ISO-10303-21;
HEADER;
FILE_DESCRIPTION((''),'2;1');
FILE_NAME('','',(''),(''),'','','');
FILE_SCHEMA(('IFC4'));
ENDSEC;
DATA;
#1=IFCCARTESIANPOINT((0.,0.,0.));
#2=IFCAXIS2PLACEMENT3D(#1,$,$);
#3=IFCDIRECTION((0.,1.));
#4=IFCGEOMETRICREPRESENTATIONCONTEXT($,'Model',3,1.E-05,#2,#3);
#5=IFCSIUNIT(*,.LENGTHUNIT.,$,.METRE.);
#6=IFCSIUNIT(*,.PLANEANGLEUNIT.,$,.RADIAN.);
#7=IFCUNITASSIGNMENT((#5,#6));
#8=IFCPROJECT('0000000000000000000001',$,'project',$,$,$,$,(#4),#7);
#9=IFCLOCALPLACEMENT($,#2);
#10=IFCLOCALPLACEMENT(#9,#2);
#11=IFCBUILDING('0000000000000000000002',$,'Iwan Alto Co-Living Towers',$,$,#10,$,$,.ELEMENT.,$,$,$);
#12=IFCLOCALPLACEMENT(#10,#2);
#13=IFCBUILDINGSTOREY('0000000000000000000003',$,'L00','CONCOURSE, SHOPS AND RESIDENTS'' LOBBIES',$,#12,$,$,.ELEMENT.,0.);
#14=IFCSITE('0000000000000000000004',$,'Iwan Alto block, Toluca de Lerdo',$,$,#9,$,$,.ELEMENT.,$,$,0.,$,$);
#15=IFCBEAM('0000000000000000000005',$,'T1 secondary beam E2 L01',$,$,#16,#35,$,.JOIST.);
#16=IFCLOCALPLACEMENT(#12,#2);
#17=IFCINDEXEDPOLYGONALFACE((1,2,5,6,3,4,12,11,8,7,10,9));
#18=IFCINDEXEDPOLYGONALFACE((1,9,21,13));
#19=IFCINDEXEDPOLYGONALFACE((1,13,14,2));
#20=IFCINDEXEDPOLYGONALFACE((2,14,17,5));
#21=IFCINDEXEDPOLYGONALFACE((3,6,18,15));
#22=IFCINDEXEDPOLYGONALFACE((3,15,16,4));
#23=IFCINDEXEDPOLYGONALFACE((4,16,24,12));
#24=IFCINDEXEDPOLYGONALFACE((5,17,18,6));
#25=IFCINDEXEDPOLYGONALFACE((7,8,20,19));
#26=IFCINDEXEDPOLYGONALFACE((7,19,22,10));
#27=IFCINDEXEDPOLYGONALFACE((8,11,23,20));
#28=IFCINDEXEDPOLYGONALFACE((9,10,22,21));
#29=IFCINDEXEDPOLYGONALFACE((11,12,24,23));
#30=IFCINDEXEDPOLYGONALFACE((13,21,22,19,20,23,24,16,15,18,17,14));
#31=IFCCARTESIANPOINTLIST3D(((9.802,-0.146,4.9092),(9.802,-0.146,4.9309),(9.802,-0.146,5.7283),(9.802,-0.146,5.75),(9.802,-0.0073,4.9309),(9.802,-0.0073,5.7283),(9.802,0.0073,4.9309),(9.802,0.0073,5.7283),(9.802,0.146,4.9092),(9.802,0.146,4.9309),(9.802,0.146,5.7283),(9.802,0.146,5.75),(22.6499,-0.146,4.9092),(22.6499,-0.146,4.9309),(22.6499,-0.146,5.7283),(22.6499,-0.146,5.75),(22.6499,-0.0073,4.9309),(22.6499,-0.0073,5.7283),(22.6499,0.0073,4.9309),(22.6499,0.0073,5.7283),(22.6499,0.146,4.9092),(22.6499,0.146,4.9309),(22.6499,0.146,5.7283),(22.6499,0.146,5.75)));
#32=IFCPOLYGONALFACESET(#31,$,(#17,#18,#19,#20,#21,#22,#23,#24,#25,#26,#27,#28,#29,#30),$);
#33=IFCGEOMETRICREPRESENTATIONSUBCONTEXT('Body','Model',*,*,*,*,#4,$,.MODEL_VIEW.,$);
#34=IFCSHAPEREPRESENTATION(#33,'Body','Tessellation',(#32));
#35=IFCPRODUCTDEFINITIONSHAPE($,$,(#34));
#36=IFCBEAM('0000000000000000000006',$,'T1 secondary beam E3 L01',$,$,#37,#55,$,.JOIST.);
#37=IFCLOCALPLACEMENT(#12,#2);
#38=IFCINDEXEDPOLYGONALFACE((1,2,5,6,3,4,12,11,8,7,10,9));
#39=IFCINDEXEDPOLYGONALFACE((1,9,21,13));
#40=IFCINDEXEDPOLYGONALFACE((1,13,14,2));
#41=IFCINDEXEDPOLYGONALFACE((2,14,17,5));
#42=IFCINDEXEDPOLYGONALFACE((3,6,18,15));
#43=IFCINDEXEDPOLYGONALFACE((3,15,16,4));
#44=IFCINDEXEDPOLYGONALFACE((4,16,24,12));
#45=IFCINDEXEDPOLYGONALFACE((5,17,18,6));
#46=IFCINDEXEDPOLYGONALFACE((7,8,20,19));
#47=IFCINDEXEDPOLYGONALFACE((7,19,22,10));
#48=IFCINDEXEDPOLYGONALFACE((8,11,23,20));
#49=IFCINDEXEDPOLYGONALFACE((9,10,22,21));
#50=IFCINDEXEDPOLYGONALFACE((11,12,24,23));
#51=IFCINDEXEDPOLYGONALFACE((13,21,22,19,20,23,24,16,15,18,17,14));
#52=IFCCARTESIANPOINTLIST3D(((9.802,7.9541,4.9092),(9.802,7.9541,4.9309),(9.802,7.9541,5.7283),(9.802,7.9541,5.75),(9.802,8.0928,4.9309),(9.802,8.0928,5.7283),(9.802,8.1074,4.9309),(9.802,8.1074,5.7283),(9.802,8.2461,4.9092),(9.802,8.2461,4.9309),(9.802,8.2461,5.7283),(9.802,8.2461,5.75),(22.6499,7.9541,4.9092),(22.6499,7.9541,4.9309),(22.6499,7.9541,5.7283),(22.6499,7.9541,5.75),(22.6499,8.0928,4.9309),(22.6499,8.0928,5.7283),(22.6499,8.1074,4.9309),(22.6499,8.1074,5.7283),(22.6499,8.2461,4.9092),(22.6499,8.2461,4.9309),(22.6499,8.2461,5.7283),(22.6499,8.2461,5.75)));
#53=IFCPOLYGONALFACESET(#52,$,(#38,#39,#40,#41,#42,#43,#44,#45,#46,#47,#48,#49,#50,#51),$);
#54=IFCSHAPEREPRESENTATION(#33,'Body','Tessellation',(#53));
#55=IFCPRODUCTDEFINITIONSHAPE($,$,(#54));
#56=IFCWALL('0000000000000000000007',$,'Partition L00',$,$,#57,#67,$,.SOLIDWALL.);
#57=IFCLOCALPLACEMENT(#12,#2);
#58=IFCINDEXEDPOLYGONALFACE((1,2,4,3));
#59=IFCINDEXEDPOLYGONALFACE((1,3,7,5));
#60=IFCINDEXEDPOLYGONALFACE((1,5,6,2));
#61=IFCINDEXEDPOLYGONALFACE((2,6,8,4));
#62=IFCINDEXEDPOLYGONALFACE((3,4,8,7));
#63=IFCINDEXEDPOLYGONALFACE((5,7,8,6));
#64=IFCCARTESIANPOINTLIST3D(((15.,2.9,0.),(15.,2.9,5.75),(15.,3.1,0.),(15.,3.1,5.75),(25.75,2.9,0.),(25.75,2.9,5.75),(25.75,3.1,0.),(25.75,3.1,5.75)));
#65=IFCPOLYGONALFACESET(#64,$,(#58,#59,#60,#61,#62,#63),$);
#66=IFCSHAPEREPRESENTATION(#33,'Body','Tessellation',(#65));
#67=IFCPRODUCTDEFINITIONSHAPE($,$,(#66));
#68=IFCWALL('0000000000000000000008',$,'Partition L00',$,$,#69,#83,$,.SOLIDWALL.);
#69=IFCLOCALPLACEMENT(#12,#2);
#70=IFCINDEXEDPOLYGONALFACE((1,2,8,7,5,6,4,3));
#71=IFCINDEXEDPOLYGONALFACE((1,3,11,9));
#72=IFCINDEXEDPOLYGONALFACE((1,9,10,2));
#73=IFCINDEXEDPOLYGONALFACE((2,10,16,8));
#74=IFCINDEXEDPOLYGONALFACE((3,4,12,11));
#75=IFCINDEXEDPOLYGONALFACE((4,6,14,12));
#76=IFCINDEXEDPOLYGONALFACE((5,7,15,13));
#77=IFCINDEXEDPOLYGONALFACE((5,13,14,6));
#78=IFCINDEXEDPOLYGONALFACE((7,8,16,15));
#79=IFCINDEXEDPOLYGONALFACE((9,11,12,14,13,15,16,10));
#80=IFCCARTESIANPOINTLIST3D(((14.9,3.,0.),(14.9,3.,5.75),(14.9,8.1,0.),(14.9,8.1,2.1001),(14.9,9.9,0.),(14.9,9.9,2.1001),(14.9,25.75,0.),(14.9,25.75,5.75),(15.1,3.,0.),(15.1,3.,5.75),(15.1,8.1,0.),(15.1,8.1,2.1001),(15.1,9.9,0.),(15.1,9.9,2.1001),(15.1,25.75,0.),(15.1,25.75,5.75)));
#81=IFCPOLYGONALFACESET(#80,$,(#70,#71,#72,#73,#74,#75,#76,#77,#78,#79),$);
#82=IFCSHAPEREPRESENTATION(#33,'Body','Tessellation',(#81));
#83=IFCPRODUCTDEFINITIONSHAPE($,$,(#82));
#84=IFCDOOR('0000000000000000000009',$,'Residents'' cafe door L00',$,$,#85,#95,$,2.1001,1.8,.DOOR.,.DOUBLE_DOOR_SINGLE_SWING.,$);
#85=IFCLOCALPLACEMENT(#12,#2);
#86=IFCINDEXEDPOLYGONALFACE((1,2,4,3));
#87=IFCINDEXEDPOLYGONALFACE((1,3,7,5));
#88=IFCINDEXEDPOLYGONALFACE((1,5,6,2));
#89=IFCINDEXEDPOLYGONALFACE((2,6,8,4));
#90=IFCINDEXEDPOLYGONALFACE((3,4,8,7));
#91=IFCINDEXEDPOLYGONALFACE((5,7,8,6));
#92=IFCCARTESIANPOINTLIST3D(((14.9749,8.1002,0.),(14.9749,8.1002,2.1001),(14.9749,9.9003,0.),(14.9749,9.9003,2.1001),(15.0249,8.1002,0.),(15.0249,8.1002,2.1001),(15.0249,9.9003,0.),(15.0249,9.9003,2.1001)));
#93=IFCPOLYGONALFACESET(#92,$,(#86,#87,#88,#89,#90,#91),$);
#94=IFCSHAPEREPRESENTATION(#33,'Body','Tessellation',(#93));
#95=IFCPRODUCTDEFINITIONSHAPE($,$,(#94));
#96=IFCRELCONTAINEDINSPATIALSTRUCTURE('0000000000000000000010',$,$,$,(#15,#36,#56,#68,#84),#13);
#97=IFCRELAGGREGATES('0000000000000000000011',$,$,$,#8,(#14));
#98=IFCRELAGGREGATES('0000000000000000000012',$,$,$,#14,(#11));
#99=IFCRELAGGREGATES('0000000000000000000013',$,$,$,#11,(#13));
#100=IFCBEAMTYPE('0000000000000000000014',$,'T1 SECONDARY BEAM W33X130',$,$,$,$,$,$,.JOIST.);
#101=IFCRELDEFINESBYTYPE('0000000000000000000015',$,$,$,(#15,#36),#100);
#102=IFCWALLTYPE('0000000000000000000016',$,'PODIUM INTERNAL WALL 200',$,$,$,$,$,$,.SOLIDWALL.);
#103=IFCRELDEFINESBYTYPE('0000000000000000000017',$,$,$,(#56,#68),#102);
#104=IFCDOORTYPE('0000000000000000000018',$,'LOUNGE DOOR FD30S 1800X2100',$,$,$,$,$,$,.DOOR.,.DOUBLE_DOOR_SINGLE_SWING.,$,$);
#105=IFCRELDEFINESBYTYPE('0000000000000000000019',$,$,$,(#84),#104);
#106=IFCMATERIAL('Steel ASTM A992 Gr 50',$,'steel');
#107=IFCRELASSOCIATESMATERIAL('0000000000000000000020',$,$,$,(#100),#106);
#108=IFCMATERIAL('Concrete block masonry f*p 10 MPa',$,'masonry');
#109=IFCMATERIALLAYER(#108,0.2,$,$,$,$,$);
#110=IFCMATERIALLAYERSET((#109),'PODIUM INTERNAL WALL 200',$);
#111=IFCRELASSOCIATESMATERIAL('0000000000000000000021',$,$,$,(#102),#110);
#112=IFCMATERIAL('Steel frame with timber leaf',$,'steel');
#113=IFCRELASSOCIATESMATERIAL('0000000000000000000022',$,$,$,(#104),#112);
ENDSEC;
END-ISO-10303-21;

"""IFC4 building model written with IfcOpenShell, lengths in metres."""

from ifc_helpers import new_model, si_unit, direction, frame, frame_2d, origin, origin_2d, place, context, subcontext, project, spatial, rectangle, i_section, extrude, material, layer, layer_set, material_profile, profile_set, type_object, element, fill, save


model = new_model("IFC4")

# Units and contexts
model_context = context("Model", 3, precision=1e-05, world=origin(), true_north=direction((0.0, 1.0)))
body_context = subcontext(model_context, "Body", "Model", "MODEL_VIEW")
ifc_project = project(units=[si_unit("LENGTHUNIT", "METRE"), si_unit("PLANEANGLEUNIT", "RADIAN")], contexts=[model_context])

# Site, building, storey
site_placement = place(None, origin())
site = spatial("IfcSite", under=ifc_project, at=site_placement, Name="Iwan Alto block, Toluca de Lerdo", CompositionType="ELEMENT", RefElevation=0.0)
building_placement = place(site_placement, origin())
building = spatial("IfcBuilding", under=site, at=building_placement, Name="Iwan Alto Co-Living Towers", CompositionType="ELEMENT")
storey_placement = place(building_placement, origin())
storey = spatial("IfcBuildingStorey", under=building, at=storey_placement, Name="L00", Description="CONCOURSE, SHOPS AND RESIDENTS' LOBBIES", CompositionType="ELEMENT", Elevation=0.0)

# Beams
ifc_material_1 = material(Name="Steel ASTM A992 Gr 50", Category="steel")
ifc_material_profile_1 = material_profile(ifc_material_1, i_section(OverallWidth=0.292, OverallDepth=0.8408, WebThickness=0.0146, FlangeThickness=0.0217, at=origin_2d()), Name="W33X130")
ifc_profile_set_1 = profile_set([ifc_material_profile_1], Name="Steel ASTM A992 Gr 50")
beam_type_1 = type_object("IfcBeamType", Name="T1 SECONDARY BEAM W33X130", PredefinedType="JOIST", material=ifc_profile_set_1)
for number, where, z_axis, x_axis, name in (
    (1, (22.6499, 0.0, 5.3296), (-1.0, 0.0, 0.0), (0.0, -1.0, 0.0), "T1 secondary beam E2 L01"),
    (2, (22.6499, 8.1001, 5.3296), (-1.0, 0.0, 0.0), (0.0, -1.0, 0.0), "T1 secondary beam E3 L01"),
):
    element("IfcBeam", number, at=place(storey_placement, frame(where, z_axis=z_axis, x_axis=x_axis)), inside=storey, type_object=beam_type_1, Name=name, PredefinedType="JOIST", context=body_context, shape_type="SweptSolid", body=[
        extrude(i_section(OverallWidth=0.292, OverallDepth=0.8408, WebThickness=0.0146, FlangeThickness=0.0217, at=origin_2d()), origin(), (0.0, 0.0, 1.0), 12.8479),
    ])

# Wall
ifc_material_2 = material(Name="Concrete block masonry f*p 10 MPa", Category="masonry")
ifc_layer = layer(ifc_material_2, 0.2)
ifc_layer_set = layer_set([ifc_layer], Name="PODIUM INTERNAL WALL 200")
wall_type = type_object("IfcWallType", Name="PODIUM INTERNAL WALL 200", PredefinedType="SOLIDWALL", material=ifc_layer_set)
wall_1_placement = place(storey_placement, frame((15.0, 3.0, 0.0), z_axis=(0.0, 0.0, 1.0), x_axis=(1.0, 0.0, 0.0)))
element("IfcWall", 3, at=wall_1_placement, inside=storey, type_object=wall_type, Name="Partition L00", PredefinedType="SOLIDWALL", context=body_context, shape_type="SweptSolid", body=[
    extrude(rectangle(XDim=10.75, YDim=0.2, at=frame_2d((5.375, 0.0))), origin(), (0.0, 0.0, 1.0), 5.75),
])

# Wall, opening, door
wall_2_placement = place(storey_placement, frame((15.0, 3.0, 0.0), z_axis=(0.0, 0.0, 1.0), x_axis=(0.0, 1.0, 0.0)))
wall_2 = element("IfcWall", 4, at=wall_2_placement, inside=storey, type_object=wall_type, Name="Partition L00", PredefinedType="SOLIDWALL", context=body_context, shape_type="SweptSolid", body=[
    extrude(rectangle(XDim=22.75, YDim=0.2, at=frame_2d((11.375, 0.0))), origin(), (0.0, 0.0, 1.0), 5.75),
])
opening_placement = place(wall_2_placement, frame((5.1001, 0.0, 0.0)))
opening = element("IfcOpeningElement", 5, at=opening_placement, cuts=wall_2, PredefinedType="OPENING", context=body_context, shape_type="SweptSolid", body=[
    extrude(rectangle(XDim=1.8, YDim=2.1001, at=frame_2d((0.8999, 1.05))), frame((0.0, 0.1099, 0.0), z_axis=(0.0, -1.0, 0.0), x_axis=(1.0, 0.0, 0.0)), (0.0, 0.0, 1.0), 0.22),
])
ifc_material_3 = material(Name="Steel frame with timber leaf", Category="steel")
door_type = type_object("IfcDoorType", Name="LOUNGE DOOR FD30S 1800X2100", OperationType="DOUBLE_DOOR_SINGLE_SWING", PredefinedType="DOOR", material=ifc_material_3)
door_placement = place(opening_placement, frame((1.8, 0.0, 0.0), z_axis=(0.0, 0.0, 1.0), x_axis=(-1.0, 0.0, 0.0)))
door = element("IfcDoor", 6, at=door_placement, inside=storey, type_object=door_type, Name="Residents' cafe door L00", OperationType="DOUBLE_DOOR_SINGLE_SWING", OverallHeight=2.1001, OverallWidth=1.8, PredefinedType="DOOR", context=body_context, shape_type="SweptSolid", body=[
    extrude(rectangle(XDim=1.8, YDim=2.1001, at=frame_2d((0.8999, 1.05))), frame((0.0, 0.0249, 0.0), z_axis=(0.0, -1.0, 0.0), x_axis=(1.0, 0.0, 0.0)), (0.0, 0.0, 1.0), 0.05),
])
fill(opening, door)

save(model, "model.ifc")
